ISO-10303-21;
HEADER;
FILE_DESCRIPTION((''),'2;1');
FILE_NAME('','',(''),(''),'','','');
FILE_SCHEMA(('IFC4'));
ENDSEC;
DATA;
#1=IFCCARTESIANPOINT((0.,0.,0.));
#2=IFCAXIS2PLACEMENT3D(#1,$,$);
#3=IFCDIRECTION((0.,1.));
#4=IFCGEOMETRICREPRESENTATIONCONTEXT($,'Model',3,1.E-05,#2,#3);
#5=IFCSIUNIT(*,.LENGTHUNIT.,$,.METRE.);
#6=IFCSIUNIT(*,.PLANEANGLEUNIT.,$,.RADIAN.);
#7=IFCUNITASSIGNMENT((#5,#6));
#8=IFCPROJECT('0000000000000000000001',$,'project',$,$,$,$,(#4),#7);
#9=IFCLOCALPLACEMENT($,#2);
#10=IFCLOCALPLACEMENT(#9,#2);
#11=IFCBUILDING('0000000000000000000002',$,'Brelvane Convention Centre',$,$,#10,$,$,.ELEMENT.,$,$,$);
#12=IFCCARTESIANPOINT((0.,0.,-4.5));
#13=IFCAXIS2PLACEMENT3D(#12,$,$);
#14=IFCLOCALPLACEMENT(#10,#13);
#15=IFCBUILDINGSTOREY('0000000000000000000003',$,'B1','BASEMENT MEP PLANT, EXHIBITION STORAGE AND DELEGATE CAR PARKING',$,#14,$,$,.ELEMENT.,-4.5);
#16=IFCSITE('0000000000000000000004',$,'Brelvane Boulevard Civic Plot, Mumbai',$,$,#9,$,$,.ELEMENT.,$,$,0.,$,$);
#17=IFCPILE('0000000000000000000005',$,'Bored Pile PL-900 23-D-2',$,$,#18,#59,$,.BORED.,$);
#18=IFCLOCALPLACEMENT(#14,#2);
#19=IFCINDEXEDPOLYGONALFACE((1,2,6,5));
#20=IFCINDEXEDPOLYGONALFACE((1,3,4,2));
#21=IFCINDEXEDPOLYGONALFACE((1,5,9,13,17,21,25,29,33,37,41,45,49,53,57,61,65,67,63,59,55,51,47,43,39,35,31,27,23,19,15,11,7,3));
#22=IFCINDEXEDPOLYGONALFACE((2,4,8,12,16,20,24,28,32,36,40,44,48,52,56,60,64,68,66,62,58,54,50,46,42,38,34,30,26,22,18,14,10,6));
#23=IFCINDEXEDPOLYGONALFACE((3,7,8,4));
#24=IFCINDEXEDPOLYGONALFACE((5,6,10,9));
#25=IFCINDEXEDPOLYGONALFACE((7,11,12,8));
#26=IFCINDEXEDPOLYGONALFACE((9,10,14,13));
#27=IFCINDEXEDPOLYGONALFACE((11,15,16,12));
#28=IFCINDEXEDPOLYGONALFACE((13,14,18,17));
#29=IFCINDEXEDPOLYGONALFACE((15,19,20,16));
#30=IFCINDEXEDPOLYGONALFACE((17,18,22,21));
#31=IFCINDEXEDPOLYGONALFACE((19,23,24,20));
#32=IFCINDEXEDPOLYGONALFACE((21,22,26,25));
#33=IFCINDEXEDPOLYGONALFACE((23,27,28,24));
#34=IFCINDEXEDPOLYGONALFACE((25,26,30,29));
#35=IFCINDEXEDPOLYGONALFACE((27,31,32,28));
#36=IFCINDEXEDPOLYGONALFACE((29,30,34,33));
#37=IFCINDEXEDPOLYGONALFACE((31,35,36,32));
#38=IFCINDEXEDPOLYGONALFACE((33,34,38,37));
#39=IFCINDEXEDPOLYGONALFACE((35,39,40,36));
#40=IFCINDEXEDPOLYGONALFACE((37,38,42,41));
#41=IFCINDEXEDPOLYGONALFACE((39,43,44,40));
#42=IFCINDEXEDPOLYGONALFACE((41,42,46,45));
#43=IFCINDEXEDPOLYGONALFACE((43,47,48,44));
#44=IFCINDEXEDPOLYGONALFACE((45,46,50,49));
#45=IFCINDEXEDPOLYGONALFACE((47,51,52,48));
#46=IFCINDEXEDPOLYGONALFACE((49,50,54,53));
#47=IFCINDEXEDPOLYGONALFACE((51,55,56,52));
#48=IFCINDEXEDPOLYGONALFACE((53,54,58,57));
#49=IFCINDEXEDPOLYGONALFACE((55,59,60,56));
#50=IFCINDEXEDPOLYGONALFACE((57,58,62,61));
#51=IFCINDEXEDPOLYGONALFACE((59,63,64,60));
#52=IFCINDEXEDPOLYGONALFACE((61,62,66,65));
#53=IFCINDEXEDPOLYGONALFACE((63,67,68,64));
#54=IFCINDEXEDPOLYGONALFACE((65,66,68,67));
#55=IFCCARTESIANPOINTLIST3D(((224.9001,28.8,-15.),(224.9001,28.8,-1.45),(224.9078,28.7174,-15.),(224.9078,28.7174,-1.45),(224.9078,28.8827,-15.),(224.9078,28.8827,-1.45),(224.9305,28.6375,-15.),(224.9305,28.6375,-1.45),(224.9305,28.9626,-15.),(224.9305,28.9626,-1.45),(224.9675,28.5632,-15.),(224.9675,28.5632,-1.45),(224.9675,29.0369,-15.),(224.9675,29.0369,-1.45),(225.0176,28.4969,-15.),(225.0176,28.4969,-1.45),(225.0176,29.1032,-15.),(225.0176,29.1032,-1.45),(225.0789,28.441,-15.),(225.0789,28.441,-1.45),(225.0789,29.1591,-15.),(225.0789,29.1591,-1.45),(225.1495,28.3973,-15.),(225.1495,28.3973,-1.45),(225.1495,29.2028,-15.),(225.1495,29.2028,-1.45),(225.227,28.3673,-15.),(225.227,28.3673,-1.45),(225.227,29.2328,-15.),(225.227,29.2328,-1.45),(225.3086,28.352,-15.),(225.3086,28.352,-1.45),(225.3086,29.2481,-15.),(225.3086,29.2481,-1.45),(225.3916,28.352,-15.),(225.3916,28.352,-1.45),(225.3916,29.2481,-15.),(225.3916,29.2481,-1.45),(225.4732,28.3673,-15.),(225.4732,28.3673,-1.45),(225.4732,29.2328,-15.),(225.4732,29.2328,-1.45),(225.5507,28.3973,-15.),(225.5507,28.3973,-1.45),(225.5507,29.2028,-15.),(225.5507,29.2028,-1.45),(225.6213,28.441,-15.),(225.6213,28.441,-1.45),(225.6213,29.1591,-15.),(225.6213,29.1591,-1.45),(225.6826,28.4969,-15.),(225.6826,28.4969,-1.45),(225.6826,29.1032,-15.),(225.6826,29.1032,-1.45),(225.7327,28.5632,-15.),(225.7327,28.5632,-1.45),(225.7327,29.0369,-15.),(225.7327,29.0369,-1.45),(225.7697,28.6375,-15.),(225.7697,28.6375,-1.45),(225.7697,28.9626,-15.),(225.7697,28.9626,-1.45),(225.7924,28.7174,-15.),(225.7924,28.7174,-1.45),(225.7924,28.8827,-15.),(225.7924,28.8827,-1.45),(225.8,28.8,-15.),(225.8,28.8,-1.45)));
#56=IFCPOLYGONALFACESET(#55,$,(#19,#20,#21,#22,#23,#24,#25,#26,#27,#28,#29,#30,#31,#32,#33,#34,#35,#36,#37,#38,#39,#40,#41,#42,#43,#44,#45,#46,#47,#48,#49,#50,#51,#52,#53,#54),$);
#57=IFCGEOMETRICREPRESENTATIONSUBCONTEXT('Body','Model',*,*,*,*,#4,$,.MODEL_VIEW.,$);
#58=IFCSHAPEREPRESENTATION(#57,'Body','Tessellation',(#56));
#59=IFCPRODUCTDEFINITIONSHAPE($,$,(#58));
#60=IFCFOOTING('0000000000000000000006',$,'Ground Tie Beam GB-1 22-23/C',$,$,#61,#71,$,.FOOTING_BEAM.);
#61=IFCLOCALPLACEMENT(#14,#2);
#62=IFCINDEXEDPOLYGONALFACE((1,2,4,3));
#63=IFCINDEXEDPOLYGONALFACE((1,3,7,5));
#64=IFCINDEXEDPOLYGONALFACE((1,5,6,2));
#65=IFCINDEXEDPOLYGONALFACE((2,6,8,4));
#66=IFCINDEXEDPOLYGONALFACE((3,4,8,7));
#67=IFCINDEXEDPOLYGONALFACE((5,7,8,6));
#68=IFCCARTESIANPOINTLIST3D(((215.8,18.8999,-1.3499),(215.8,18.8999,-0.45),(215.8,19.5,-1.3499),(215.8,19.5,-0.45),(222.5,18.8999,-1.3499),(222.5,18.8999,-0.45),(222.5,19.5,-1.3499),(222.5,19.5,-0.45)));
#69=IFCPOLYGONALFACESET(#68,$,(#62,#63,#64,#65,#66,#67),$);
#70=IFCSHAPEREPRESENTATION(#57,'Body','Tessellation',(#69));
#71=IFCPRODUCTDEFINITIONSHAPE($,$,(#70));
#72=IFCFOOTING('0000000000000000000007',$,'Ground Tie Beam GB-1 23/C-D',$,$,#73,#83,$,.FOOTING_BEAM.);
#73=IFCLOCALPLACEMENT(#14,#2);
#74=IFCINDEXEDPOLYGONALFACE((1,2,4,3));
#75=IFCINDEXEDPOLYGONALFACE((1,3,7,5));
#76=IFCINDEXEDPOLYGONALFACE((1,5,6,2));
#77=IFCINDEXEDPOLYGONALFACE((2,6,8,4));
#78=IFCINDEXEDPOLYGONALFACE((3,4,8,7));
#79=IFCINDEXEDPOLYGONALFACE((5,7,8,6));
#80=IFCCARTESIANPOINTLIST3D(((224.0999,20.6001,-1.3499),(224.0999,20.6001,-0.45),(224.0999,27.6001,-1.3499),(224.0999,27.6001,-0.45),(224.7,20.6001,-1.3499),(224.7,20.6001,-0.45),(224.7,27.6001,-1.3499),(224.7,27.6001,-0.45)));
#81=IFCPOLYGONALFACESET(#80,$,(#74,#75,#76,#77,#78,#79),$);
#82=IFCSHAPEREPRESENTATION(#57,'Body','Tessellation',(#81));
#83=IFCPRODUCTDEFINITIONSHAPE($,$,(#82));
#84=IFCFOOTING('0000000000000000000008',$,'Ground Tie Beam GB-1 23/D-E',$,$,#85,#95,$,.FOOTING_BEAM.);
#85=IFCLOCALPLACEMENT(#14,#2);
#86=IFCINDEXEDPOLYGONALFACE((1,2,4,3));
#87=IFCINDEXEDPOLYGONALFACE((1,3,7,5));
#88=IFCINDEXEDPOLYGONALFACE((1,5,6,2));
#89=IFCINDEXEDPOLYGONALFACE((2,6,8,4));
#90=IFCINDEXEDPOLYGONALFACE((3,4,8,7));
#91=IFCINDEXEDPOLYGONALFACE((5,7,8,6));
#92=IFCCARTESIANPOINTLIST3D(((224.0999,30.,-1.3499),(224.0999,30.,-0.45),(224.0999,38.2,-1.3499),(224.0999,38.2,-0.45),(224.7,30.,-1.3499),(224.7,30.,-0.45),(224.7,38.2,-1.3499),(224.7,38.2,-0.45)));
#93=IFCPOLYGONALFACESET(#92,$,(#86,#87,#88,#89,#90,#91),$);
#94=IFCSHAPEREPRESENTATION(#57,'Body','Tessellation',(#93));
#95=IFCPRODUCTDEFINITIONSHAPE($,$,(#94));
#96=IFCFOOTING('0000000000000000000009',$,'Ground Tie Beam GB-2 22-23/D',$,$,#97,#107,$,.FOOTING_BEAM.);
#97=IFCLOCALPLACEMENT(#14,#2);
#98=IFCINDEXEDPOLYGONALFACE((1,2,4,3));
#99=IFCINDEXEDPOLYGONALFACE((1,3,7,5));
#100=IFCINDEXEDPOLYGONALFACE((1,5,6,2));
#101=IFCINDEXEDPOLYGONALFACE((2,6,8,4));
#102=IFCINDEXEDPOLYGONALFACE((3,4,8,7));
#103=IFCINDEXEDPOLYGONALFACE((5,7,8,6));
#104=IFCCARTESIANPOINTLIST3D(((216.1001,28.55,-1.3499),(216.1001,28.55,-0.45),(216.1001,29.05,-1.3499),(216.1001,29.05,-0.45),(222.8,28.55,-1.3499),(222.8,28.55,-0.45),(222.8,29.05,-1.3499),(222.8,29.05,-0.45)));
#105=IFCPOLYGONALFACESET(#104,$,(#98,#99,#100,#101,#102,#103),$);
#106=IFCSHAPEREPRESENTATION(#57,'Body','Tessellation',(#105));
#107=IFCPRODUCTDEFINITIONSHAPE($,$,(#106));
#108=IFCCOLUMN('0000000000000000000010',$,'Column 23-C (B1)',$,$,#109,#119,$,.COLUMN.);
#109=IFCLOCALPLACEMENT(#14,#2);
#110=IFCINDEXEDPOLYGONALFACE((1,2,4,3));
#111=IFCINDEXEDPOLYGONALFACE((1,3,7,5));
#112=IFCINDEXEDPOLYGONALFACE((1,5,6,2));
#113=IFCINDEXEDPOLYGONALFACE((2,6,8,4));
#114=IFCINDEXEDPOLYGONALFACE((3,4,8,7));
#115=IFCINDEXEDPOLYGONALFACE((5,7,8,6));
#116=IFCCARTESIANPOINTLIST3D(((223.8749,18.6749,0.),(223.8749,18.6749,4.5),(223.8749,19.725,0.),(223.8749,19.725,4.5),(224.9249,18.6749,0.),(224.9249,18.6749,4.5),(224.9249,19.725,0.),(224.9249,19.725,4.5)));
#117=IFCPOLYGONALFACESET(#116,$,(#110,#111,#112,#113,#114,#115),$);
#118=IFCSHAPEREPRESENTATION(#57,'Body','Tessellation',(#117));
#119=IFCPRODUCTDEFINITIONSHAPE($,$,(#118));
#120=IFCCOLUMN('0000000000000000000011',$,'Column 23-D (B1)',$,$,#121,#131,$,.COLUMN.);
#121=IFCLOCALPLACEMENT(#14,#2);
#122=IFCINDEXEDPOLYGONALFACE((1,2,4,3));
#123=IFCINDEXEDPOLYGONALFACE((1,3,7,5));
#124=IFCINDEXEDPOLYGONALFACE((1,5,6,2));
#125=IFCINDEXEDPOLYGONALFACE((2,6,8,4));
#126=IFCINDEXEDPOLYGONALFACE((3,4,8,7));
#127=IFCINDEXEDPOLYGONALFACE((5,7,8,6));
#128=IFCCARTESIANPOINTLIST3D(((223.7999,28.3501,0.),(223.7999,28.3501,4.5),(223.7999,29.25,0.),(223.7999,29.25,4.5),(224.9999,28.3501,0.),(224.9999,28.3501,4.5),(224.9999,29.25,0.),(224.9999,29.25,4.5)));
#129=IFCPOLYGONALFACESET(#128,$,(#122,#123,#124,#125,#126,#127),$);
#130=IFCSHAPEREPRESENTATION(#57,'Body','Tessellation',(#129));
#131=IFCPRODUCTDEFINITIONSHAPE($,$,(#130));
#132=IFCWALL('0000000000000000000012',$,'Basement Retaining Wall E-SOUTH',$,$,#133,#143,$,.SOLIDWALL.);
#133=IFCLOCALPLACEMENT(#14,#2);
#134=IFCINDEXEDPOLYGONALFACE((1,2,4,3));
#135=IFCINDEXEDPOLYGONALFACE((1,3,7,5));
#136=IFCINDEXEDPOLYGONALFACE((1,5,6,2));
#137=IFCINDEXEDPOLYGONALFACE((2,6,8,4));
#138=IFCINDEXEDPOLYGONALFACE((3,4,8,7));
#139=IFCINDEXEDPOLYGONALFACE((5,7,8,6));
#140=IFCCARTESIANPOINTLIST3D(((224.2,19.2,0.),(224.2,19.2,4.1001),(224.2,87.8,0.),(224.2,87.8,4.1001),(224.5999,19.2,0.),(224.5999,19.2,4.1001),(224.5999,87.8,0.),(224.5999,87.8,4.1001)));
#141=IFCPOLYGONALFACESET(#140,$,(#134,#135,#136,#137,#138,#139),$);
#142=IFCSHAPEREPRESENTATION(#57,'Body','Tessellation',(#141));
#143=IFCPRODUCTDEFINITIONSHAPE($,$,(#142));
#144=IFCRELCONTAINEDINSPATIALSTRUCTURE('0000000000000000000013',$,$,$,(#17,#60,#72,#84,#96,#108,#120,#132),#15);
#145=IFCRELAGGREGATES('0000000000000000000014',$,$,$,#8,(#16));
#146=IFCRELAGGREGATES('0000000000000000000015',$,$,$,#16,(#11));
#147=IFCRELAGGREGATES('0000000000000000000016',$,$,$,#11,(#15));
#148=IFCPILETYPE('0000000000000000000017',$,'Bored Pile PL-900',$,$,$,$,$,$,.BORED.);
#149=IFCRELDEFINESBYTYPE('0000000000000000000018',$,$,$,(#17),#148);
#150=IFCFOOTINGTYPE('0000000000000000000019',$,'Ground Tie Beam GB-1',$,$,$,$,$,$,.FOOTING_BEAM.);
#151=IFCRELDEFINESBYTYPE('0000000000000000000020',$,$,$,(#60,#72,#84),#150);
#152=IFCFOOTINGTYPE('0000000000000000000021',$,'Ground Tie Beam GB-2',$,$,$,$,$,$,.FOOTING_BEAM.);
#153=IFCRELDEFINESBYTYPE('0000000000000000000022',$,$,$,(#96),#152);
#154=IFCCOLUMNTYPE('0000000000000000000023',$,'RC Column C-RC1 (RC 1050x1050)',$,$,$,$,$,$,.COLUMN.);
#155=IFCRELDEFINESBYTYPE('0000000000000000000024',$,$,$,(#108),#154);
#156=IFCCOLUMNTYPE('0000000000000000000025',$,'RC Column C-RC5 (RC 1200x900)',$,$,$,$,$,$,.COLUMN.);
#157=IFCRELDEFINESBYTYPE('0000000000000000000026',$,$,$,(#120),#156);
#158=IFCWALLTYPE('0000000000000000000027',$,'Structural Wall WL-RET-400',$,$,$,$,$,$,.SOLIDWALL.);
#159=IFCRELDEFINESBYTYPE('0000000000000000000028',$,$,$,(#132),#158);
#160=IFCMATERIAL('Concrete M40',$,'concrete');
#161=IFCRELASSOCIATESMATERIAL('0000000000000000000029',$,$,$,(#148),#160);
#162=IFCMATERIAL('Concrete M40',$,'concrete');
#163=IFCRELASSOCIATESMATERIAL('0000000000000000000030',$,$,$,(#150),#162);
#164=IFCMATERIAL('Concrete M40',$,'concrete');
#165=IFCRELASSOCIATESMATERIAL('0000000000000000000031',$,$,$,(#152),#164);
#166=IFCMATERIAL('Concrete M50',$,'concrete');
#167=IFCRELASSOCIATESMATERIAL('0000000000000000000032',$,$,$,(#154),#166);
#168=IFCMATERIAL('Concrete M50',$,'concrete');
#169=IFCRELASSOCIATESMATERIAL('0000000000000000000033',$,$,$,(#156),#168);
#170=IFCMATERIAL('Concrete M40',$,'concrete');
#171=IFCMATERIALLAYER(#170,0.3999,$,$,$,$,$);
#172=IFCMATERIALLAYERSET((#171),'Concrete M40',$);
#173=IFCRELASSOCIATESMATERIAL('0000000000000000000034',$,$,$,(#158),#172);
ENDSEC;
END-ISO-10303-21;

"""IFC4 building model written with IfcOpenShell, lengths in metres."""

from ifc_helpers import new_model, si_unit, direction, frame, frame_2d, origin, origin_2d, place, context, subcontext, project, spatial, rectangle, circle, extrude, material, layer, layer_set, material_profile, profile_set, type_object, element, save


model = new_model("IFC4")

# Units and contexts
model_context = context("Model", 3, precision=1e-05, world=origin(), true_north=direction((0.0, 1.0)))
body_context = subcontext(model_context, "Body", "Model", "MODEL_VIEW")
ifc_project = project(units=[si_unit("LENGTHUNIT", "METRE"), si_unit("PLANEANGLEUNIT", "RADIAN")], contexts=[model_context])

# Site, building, storey
site_placement = place(None, origin())
site = spatial("IfcSite", under=ifc_project, at=site_placement, Name="Brelvane Boulevard Civic Plot, Mumbai", CompositionType="ELEMENT", RefElevation=0.0)
building_placement = place(site_placement, origin())
building = spatial("IfcBuilding", under=site, at=building_placement, Name="Brelvane Convention Centre", CompositionType="ELEMENT")
storey_placement = place(building_placement, frame((0.0, 0.0, -4.5)))
storey = spatial("IfcBuildingStorey", under=building, at=storey_placement, Name="B1", Description="BASEMENT MEP PLANT, EXHIBITION STORAGE AND DELEGATE CAR PARKING", CompositionType="ELEMENT", Elevation=-4.5)

# Pile
ifc_material_1 = material(Name="Concrete M40", Category="concrete")
ifc_material_profile_1 = material_profile(ifc_material_1, circle(Radius=0.45, at=origin_2d()), Name="PILE D900")
ifc_profile_set_1 = profile_set([ifc_material_profile_1], Name="Concrete M40")
pile_type_1 = type_object("IfcPileType", Name="Bored Pile PL-900", PredefinedType="BORED", material=ifc_profile_set_1)
for number, where, z_axis, x_axis, name in (
    (1, (225.3501, 28.8, -1.45), (0.0, 0.0, -1.0), (1.0, 0.0, 0.0), "Bored Pile PL-900 23-D-2"),
):
    element("IfcPile", number, at=place(storey_placement, frame(where, z_axis=z_axis, x_axis=x_axis)), inside=storey, type_object=pile_type_1, Name=name, PredefinedType="BORED", context=body_context, shape_type="SweptSolid", body=[
        extrude(circle(Radius=0.45, at=origin_2d()), origin(), (0.0, 0.0, 1.0), 13.55),
    ])

# Footings
ifc_material_2 = material(Name="Concrete M40", Category="concrete")
ifc_material_profile_2 = material_profile(ifc_material_2, rectangle(XDim=0.6001, YDim=0.8999, at=origin_2d()), Name="RC 600x900")
ifc_profile_set_2 = profile_set([ifc_material_profile_2], Name="Concrete M40")
footing_type_1 = type_object("IfcFootingType", Name="Ground Tie Beam GB-1", PredefinedType="FOOTING_BEAM", material=ifc_profile_set_2)
footing_1_placement = place(storey_placement, frame((215.8, 19.2, -0.8999), z_axis=(1.0, 0.0, 0.0), x_axis=(0.0, 1.0, 0.0)))
element("IfcFooting", 2, at=footing_1_placement, inside=storey, type_object=footing_type_1, Name="Ground Tie Beam GB-1 22-23/C", PredefinedType="FOOTING_BEAM", context=body_context, shape_type="SweptSolid", body=[
    extrude(rectangle(XDim=0.6001, YDim=0.8999, at=origin_2d()), origin(), (0.0, 0.0, 1.0), 6.7),
])
footing_2_placement = place(storey_placement, frame((224.3999, 20.6001, -0.8999), z_axis=(0.0, 1.0, 0.0), x_axis=(-1.0, 0.0, 0.0)))
element("IfcFooting", 3, at=footing_2_placement, inside=storey, type_object=footing_type_1, Name="Ground Tie Beam GB-1 23/C-D", PredefinedType="FOOTING_BEAM", context=body_context, shape_type="SweptSolid", body=[
    extrude(rectangle(XDim=0.6001, YDim=0.8999, at=origin_2d()), origin(), (0.0, 0.0, 1.0), 7.0),
])
footing_3_placement = place(storey_placement, frame((224.3999, 30.0, -0.8999), z_axis=(0.0, 1.0, 0.0), x_axis=(-1.0, 0.0, 0.0)))
element("IfcFooting", 4, at=footing_3_placement, inside=storey, type_object=footing_type_1, Name="Ground Tie Beam GB-1 23/D-E", PredefinedType="FOOTING_BEAM", context=body_context, shape_type="SweptSolid", body=[
    extrude(rectangle(XDim=0.6001, YDim=0.8999, at=origin_2d()), origin(), (0.0, 0.0, 1.0), 8.2),
])
ifc_material_3 = material(Name="Concrete M40", Category="concrete")
ifc_material_profile_3 = material_profile(ifc_material_3, rectangle(XDim=0.5, YDim=0.8999, at=origin_2d()), Name="RC 500x900")
ifc_profile_set_3 = profile_set([ifc_material_profile_3], Name="Concrete M40")
footing_type_2 = type_object("IfcFootingType", Name="Ground Tie Beam GB-2", PredefinedType="FOOTING_BEAM", material=ifc_profile_set_3)
footing_4_placement = place(storey_placement, frame((216.1001, 28.8, -0.8999), z_axis=(1.0, 0.0, 0.0), x_axis=(0.0, 1.0, 0.0)))
element("IfcFooting", 5, at=footing_4_placement, inside=storey, type_object=footing_type_2, Name="Ground Tie Beam GB-2 22-23/D", PredefinedType="FOOTING_BEAM", context=body_context, shape_type="SweptSolid", body=[
    extrude(rectangle(XDim=0.5, YDim=0.8999, at=origin_2d()), origin(), (0.0, 0.0, 1.0), 6.7),
])

# Columns
ifc_material_4 = material(Name="Concrete M50", Category="concrete")
ifc_material_profile_4 = material_profile(ifc_material_4, rectangle(XDim=1.05, YDim=1.05, at=origin_2d()), Name="RC 1050x1050")
ifc_profile_set_4 = profile_set([ifc_material_profile_4], Name="Concrete M50")
column_type_1 = type_object("IfcColumnType", Name="RC Column C-RC1 (RC 1050x1050)", PredefinedType="COLUMN", material=ifc_profile_set_4)
column_1_placement = place(storey_placement, frame((224.3999, 19.2, 0.0), z_axis=(0.0, 0.0, 1.0), x_axis=(1.0, 0.0, 0.0)))
element("IfcColumn", 6, at=column_1_placement, inside=storey, type_object=column_type_1, Name="Column 23-C (B1)", PredefinedType="COLUMN", context=body_context, shape_type="SweptSolid", body=[
    extrude(rectangle(XDim=1.05, YDim=1.05, at=origin_2d()), origin(), (0.0, 0.0, 1.0), 4.5),
])
ifc_material_5 = material(Name="Concrete M50", Category="concrete")
ifc_material_profile_5 = material_profile(ifc_material_5, rectangle(XDim=1.2, YDim=0.8999, at=origin_2d()), Name="RC 1200x900")
ifc_profile_set_5 = profile_set([ifc_material_profile_5], Name="Concrete M50")
column_type_2 = type_object("IfcColumnType", Name="RC Column C-RC5 (RC 1200x900)", PredefinedType="COLUMN", material=ifc_profile_set_5)
column_2_placement = place(storey_placement, frame((224.3999, 28.8, 0.0), z_axis=(0.0, 0.0, 1.0), x_axis=(1.0, 0.0, 0.0)))
element("IfcColumn", 7, at=column_2_placement, inside=storey, type_object=column_type_2, Name="Column 23-D (B1)", PredefinedType="COLUMN", context=body_context, shape_type="SweptSolid", body=[
    extrude(rectangle(XDim=1.2, YDim=0.8999, at=origin_2d()), origin(), (0.0, 0.0, 1.0), 4.5),
])

# Wall
ifc_material_6 = material(Name="Concrete M40", Category="concrete")
ifc_layer = layer(ifc_material_6, 0.3999)
ifc_layer_set = layer_set([ifc_layer], Name="Concrete M40")
wall_type = type_object("IfcWallType", Name="Structural Wall WL-RET-400", PredefinedType="SOLIDWALL", material=ifc_layer_set)
wall_placement = place(storey_placement, frame((224.3999, 19.2, 0.0), z_axis=(0.0, 0.0, 1.0), x_axis=(0.0, 1.0, 0.0)))
element("IfcWall", 8, at=wall_placement, inside=storey, type_object=wall_type, Name="Basement Retaining Wall E-SOUTH", PredefinedType="SOLIDWALL", context=body_context, shape_type="SweptSolid", body=[
    extrude(rectangle(XDim=68.6001, YDim=0.3999, at=frame_2d((34.3, 0.0))), origin(), (0.0, 0.0, 1.0), 4.1001),
])

save(model, "model.ifc")
